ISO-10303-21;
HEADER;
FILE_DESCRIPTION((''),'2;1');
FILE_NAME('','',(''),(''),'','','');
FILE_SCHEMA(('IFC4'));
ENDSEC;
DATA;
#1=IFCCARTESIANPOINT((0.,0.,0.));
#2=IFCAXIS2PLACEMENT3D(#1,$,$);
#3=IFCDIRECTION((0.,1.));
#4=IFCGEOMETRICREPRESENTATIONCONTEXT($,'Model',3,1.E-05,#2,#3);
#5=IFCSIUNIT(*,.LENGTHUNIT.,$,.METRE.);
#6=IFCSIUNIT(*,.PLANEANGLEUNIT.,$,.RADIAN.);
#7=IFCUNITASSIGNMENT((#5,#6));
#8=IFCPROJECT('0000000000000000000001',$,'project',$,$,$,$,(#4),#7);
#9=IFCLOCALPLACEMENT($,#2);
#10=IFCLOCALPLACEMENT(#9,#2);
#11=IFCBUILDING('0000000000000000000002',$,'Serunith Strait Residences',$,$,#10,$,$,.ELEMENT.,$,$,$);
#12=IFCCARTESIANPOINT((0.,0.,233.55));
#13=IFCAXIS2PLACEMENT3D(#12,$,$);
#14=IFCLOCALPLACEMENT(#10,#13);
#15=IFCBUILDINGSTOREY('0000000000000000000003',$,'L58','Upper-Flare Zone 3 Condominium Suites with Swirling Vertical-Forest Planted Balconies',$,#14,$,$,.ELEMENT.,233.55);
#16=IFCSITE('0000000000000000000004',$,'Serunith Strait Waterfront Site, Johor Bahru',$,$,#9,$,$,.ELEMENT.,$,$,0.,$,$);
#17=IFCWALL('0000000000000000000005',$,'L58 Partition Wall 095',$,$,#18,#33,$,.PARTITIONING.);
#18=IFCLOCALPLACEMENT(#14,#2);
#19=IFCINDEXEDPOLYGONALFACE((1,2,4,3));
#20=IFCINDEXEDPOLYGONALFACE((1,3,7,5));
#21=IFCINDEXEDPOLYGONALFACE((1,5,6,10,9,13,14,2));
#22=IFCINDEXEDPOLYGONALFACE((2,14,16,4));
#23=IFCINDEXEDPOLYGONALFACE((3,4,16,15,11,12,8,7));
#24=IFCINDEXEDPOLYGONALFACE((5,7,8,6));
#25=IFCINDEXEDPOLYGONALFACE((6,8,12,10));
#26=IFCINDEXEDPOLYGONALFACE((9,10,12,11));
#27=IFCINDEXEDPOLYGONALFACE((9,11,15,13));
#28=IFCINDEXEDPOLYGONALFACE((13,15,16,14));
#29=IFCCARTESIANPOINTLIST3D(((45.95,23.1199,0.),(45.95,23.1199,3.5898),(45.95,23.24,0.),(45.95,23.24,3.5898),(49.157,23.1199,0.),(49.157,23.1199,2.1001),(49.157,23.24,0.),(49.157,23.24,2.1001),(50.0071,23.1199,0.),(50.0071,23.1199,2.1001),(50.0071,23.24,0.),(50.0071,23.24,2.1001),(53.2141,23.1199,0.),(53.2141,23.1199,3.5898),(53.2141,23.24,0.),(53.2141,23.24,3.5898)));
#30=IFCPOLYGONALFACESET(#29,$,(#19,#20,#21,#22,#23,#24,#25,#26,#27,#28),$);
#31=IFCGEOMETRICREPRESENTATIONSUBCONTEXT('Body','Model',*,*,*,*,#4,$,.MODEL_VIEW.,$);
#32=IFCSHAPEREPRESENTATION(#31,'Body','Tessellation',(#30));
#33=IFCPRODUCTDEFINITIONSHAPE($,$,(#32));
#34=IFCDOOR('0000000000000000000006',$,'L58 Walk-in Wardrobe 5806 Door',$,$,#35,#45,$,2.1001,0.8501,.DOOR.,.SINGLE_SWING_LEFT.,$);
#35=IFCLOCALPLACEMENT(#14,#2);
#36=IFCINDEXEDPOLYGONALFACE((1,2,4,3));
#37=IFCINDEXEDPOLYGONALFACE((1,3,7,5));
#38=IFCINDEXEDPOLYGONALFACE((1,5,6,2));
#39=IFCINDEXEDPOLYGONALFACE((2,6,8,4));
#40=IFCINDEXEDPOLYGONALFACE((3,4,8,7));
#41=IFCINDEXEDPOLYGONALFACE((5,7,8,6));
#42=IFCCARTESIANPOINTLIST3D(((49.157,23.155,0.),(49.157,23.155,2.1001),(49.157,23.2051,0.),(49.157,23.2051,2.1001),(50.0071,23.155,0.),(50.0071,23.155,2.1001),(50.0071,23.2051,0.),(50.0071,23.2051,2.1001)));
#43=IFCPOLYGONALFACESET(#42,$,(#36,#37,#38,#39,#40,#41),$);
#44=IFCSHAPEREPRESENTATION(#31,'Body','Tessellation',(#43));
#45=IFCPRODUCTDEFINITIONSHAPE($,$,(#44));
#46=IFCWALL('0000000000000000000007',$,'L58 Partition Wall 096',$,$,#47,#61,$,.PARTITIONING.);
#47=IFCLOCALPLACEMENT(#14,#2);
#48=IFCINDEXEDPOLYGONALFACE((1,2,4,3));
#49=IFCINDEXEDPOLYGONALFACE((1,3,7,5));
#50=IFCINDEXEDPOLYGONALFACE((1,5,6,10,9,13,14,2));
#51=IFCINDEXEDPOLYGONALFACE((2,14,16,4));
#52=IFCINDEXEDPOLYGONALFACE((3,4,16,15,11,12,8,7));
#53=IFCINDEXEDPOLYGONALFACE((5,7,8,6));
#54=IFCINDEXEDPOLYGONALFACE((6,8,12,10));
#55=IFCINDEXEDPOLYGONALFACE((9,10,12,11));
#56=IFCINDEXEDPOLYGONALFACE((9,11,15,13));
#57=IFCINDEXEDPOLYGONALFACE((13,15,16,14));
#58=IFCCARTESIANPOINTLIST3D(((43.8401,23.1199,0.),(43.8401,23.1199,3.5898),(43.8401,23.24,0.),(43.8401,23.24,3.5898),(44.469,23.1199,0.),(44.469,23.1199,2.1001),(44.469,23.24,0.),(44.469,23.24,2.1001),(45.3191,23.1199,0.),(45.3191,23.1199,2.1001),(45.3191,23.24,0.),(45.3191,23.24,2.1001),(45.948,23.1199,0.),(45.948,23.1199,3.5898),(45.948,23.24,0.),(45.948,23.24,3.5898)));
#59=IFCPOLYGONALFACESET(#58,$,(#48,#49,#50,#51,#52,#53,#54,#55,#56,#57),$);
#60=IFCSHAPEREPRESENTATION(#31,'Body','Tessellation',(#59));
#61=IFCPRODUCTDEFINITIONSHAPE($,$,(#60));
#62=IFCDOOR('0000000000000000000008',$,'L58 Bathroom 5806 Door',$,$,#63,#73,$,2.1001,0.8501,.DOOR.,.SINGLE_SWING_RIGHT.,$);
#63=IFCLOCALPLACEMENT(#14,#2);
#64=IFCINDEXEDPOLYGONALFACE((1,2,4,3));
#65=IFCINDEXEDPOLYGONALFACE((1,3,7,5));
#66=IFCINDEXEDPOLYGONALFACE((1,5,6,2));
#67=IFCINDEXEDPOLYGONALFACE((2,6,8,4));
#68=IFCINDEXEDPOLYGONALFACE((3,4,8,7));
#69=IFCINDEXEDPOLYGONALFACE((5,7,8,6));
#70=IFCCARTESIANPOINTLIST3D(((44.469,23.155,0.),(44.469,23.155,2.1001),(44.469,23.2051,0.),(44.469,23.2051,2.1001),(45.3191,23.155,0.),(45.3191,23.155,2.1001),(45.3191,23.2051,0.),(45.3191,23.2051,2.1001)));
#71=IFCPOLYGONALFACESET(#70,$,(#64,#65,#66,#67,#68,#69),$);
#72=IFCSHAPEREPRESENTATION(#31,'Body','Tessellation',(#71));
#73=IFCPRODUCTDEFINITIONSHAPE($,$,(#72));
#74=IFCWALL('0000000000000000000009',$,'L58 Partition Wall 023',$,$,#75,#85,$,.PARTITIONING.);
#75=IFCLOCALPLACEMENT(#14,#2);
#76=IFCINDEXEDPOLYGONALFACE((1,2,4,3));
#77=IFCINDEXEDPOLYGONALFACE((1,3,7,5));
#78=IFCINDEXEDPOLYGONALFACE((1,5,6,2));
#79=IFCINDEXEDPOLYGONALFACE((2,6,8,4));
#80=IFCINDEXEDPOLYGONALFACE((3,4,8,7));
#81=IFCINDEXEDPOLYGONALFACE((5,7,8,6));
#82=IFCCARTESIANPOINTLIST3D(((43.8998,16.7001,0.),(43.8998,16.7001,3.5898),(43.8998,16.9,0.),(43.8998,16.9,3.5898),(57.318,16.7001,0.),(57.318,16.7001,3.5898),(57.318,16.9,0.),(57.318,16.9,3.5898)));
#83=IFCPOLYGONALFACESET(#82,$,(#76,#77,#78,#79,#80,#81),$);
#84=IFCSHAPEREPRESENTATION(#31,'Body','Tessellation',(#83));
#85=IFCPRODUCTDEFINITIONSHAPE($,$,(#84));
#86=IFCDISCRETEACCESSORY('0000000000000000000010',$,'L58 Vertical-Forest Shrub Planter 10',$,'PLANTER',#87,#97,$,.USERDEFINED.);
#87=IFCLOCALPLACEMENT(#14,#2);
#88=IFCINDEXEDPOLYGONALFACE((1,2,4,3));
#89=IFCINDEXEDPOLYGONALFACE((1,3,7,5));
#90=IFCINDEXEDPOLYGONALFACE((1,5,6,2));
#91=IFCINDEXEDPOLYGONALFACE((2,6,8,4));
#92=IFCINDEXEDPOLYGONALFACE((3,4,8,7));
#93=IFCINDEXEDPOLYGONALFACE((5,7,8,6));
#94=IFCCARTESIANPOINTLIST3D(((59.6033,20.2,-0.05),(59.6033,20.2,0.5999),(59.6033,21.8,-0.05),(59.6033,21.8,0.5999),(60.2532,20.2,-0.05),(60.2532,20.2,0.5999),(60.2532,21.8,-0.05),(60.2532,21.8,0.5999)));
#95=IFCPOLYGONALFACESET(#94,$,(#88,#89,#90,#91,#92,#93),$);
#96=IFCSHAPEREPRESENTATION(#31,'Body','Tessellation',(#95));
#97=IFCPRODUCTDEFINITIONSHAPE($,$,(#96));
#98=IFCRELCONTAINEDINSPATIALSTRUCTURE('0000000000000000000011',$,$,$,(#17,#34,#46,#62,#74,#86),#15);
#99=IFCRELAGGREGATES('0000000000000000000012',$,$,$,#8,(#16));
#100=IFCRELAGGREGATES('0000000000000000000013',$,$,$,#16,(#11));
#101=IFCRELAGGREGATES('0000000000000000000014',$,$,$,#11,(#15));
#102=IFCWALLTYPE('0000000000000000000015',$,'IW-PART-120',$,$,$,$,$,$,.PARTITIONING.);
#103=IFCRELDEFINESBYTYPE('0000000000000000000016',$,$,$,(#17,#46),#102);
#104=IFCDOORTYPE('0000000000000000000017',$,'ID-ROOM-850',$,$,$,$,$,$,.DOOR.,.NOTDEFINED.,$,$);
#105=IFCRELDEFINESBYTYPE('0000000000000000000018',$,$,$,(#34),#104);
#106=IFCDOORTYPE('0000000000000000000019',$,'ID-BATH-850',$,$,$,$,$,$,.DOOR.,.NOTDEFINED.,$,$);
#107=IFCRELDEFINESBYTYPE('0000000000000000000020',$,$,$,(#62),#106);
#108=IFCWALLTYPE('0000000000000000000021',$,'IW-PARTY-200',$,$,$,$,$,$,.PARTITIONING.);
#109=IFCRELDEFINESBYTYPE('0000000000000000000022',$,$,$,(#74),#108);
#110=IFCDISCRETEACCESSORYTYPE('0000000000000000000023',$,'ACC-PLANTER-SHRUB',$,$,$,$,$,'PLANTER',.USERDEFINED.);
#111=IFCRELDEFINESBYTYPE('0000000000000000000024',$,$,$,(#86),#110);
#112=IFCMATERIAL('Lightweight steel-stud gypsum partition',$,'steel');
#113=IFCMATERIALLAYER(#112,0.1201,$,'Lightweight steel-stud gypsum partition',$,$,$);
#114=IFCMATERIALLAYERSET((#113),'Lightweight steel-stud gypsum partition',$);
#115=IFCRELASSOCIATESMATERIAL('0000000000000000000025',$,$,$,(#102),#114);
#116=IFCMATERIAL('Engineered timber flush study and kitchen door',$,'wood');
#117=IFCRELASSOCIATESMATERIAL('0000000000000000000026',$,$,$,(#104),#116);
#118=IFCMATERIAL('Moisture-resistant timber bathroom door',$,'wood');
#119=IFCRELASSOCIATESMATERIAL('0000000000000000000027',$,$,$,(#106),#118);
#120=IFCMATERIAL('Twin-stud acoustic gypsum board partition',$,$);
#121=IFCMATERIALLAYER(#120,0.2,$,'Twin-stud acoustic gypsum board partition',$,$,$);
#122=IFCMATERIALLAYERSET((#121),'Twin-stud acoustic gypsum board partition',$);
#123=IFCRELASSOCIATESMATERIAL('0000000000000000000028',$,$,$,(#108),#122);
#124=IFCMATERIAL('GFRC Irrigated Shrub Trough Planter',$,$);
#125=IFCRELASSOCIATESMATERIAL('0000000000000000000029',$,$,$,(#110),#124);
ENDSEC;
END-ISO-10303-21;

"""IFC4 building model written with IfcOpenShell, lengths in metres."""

from ifc_helpers import new_model, si_unit, direction, frame, frame_2d, origin, origin_2d, place, context, subcontext, project, spatial, rectangle, extrude, source, transform, mapped, material, layer, layer_set, type_object, element, fill, save


model = new_model("IFC4")

# Units and contexts
model_context = context("Model", 3, precision=1e-05, world=origin(), true_north=direction((0.0, 1.0)))
body_context = subcontext(model_context, "Body", "Model", "MODEL_VIEW")
ifc_project = project(units=[si_unit("LENGTHUNIT", "METRE"), si_unit("PLANEANGLEUNIT", "RADIAN")], contexts=[model_context])

# Site, building, storey
site_placement = place(None, origin())
site = spatial("IfcSite", under=ifc_project, at=site_placement, Name="Serunith Strait Waterfront Site, Johor Bahru", CompositionType="ELEMENT", RefElevation=0.0)
building_placement = place(site_placement, origin())
building = spatial("IfcBuilding", under=site, at=building_placement, Name="Serunith Strait Residences", CompositionType="ELEMENT")
storey_placement = place(building_placement, frame((0.0, 0.0, 233.55)))
storey = spatial("IfcBuildingStorey", under=building, at=storey_placement, Name="L58", Description="Upper-Flare Zone 3 Condominium Suites with Swirling Vertical-Forest Planted Balconies", CompositionType="ELEMENT", Elevation=233.55)

# Shared definitions
ifc_material_1 = material(Name="Lightweight steel-stud gypsum partition", Category="steel")
ifc_layer_1 = layer(ifc_material_1, 0.1201, Name="Lightweight steel-stud gypsum partition")
ifc_layer_set_1 = layer_set([ifc_layer_1], Name="Lightweight steel-stud gypsum partition")
wall_type_1 = type_object("IfcWallType", Name="IW-PART-120", PredefinedType="PARTITIONING", material=ifc_layer_set_1)
ifc_material_2 = material(Name="Engineered timber flush study and kitchen door", Category="wood")
door_type_1 = type_object("IfcDoorType", Name="ID-ROOM-850", OperationType="NOTDEFINED", PredefinedType="DOOR", material=ifc_material_2)
shared_shape_1 = source(origin(), body_context, "Body", "SweptSolid", [
    extrude(rectangle(XDim=0.8501, YDim=2.1001, at=frame_2d((0.425, 1.05))), frame((0.0, 0.0249, 0.0), z_axis=(0.0, -1.0, 0.0), x_axis=(1.0, 0.0, 0.0)), (0.0, 0.0, 1.0), 0.05),
])

# Walls, openings, doors
wall_1_placement = place(storey_placement, frame((53.2141, 23.1799, 0.0), z_axis=(0.0, 0.0, 1.0), x_axis=(-1.0, 0.0, 0.0)))
wall_1 = element("IfcWall", 1, at=wall_1_placement, inside=storey, type_object=wall_type_1, Name="L58 Partition Wall 095", PredefinedType="PARTITIONING", context=body_context, shape_type="SweptSolid", body=[
    extrude(rectangle(XDim=7.2642, YDim=0.1201, at=frame_2d((3.6321, 0.0))), origin(), (0.0, 0.0, 1.0), 3.5898),
])
opening_1_placement = place(wall_1_placement, frame((3.207, 0.0, 0.0)))
opening_1 = element("IfcOpeningElement", 2, at=opening_1_placement, cuts=wall_1, PredefinedType="OPENING", context=body_context, shape_type="SweptSolid", body=[
    extrude(rectangle(XDim=0.8501, YDim=2.1001, at=frame_2d((0.425, 1.05))), frame((0.0, 0.0701, 0.0), z_axis=(0.0, -1.0, 0.0), x_axis=(1.0, 0.0, 0.0)), (0.0, 0.0, 1.0), 0.1401),
])
door_1_placement = place(opening_1_placement, origin())
door_1 = element("IfcDoor", 3, at=door_1_placement, inside=storey, type_object=door_type_1, Name="L58 Walk-in Wardrobe 5806 Door", OperationType="SINGLE_SWING_LEFT", OverallHeight=2.1001, OverallWidth=0.8501, PredefinedType="DOOR", context=body_context, shape_type="MappedRepresentation", body=[
    mapped(shared_shape_1, transform((0.0, 0.0, 0.0), scale=1.0)),
])
fill(opening_1, door_1)
wall_2_placement = place(storey_placement, frame((45.948, 23.1799, 0.0), z_axis=(0.0, 0.0, 1.0), x_axis=(-1.0, 0.0, 0.0)))
wall_2 = element("IfcWall", 4, at=wall_2_placement, inside=storey, type_object=wall_type_1, Name="L58 Partition Wall 096", PredefinedType="PARTITIONING", context=body_context, shape_type="SweptSolid", body=[
    extrude(rectangle(XDim=2.1079, YDim=0.1201, at=frame_2d((1.054, 0.0))), origin(), (0.0, 0.0, 1.0), 3.5898),
])
opening_2_placement = place(wall_2_placement, frame((0.6289, 0.0, 0.0)))
opening_2 = element("IfcOpeningElement", 5, at=opening_2_placement, cuts=wall_2, PredefinedType="OPENING", context=body_context, shape_type="SweptSolid", body=[
    extrude(rectangle(XDim=0.8501, YDim=2.1001, at=frame_2d((0.425, 1.05))), frame((0.0, 0.0701, 0.0), z_axis=(0.0, -1.0, 0.0), x_axis=(1.0, 0.0, 0.0)), (0.0, 0.0, 1.0), 0.1401),
])
ifc_material_3 = material(Name="Moisture-resistant timber bathroom door", Category="wood")
door_type_2 = type_object("IfcDoorType", Name="ID-BATH-850", OperationType="NOTDEFINED", PredefinedType="DOOR", material=ifc_material_3)
door_2_placement = place(opening_2_placement, origin())
door_2 = element("IfcDoor", 6, at=door_2_placement, inside=storey, type_object=door_type_2, Name="L58 Bathroom 5806 Door", OperationType="SINGLE_SWING_RIGHT", OverallHeight=2.1001, OverallWidth=0.8501, PredefinedType="DOOR", context=body_context, shape_type="MappedRepresentation", body=[
    mapped(shared_shape_1, transform((0.0, 0.0, 0.0), scale=1.0)),
])
fill(opening_2, door_2)

# Wall
ifc_material_4 = material(Name="Twin-stud acoustic gypsum board partition")
ifc_layer_2 = layer(ifc_material_4, 0.2, Name="Twin-stud acoustic gypsum board partition")
ifc_layer_set_2 = layer_set([ifc_layer_2], Name="Twin-stud acoustic gypsum board partition")
wall_type_2 = type_object("IfcWallType", Name="IW-PARTY-200", PredefinedType="PARTITIONING", material=ifc_layer_set_2)
wall_3_placement = place(storey_placement, frame((43.8999, 16.8, 0.0), z_axis=(0.0, 0.0, 1.0), x_axis=(1.0, 0.0, 0.0)))
element("IfcWall", 7, at=wall_3_placement, inside=storey, type_object=wall_type_2, Name="L58 Partition Wall 023", PredefinedType="PARTITIONING", context=body_context, shape_type="SweptSolid", body=[
    extrude(rectangle(XDim=13.4182, YDim=0.2, at=frame_2d((6.709, 0.0))), origin(), (0.0, 0.0, 1.0), 3.5898),
])

# Discrete accessory
ifc_material_5 = material(Name="GFRC Irrigated Shrub Trough Planter")
discrete_accessory_type = type_object("IfcDiscreteAccessoryType", Name="ACC-PLANTER-SHRUB", ElementType="PLANTER", PredefinedType="USERDEFINED", material=ifc_material_5)
shared_shape_2 = source(origin(), body_context, "Body", "SweptSolid", [
    extrude(rectangle(XDim=1.6001, YDim=0.6499, at=origin_2d()), origin(), (0.0, 0.0, 1.0), 0.6499),
])
discrete_accessory_placement = place(storey_placement, frame((59.9282, 21.0, -0.05), z_axis=(0.0, 0.0, 1.0), x_axis=(0.0, 1.0, 0.0)))
element("IfcDiscreteAccessory", 8, at=discrete_accessory_placement, inside=storey, type_object=discrete_accessory_type, Name="L58 Vertical-Forest Shrub Planter 10", ObjectType="PLANTER", PredefinedType="USERDEFINED", context=body_context, shape_type="MappedRepresentation", body=[
    mapped(shared_shape_2, transform((0.0, 0.0, 0.0), scale=1.0)),
])

save(model, "model.ifc")
